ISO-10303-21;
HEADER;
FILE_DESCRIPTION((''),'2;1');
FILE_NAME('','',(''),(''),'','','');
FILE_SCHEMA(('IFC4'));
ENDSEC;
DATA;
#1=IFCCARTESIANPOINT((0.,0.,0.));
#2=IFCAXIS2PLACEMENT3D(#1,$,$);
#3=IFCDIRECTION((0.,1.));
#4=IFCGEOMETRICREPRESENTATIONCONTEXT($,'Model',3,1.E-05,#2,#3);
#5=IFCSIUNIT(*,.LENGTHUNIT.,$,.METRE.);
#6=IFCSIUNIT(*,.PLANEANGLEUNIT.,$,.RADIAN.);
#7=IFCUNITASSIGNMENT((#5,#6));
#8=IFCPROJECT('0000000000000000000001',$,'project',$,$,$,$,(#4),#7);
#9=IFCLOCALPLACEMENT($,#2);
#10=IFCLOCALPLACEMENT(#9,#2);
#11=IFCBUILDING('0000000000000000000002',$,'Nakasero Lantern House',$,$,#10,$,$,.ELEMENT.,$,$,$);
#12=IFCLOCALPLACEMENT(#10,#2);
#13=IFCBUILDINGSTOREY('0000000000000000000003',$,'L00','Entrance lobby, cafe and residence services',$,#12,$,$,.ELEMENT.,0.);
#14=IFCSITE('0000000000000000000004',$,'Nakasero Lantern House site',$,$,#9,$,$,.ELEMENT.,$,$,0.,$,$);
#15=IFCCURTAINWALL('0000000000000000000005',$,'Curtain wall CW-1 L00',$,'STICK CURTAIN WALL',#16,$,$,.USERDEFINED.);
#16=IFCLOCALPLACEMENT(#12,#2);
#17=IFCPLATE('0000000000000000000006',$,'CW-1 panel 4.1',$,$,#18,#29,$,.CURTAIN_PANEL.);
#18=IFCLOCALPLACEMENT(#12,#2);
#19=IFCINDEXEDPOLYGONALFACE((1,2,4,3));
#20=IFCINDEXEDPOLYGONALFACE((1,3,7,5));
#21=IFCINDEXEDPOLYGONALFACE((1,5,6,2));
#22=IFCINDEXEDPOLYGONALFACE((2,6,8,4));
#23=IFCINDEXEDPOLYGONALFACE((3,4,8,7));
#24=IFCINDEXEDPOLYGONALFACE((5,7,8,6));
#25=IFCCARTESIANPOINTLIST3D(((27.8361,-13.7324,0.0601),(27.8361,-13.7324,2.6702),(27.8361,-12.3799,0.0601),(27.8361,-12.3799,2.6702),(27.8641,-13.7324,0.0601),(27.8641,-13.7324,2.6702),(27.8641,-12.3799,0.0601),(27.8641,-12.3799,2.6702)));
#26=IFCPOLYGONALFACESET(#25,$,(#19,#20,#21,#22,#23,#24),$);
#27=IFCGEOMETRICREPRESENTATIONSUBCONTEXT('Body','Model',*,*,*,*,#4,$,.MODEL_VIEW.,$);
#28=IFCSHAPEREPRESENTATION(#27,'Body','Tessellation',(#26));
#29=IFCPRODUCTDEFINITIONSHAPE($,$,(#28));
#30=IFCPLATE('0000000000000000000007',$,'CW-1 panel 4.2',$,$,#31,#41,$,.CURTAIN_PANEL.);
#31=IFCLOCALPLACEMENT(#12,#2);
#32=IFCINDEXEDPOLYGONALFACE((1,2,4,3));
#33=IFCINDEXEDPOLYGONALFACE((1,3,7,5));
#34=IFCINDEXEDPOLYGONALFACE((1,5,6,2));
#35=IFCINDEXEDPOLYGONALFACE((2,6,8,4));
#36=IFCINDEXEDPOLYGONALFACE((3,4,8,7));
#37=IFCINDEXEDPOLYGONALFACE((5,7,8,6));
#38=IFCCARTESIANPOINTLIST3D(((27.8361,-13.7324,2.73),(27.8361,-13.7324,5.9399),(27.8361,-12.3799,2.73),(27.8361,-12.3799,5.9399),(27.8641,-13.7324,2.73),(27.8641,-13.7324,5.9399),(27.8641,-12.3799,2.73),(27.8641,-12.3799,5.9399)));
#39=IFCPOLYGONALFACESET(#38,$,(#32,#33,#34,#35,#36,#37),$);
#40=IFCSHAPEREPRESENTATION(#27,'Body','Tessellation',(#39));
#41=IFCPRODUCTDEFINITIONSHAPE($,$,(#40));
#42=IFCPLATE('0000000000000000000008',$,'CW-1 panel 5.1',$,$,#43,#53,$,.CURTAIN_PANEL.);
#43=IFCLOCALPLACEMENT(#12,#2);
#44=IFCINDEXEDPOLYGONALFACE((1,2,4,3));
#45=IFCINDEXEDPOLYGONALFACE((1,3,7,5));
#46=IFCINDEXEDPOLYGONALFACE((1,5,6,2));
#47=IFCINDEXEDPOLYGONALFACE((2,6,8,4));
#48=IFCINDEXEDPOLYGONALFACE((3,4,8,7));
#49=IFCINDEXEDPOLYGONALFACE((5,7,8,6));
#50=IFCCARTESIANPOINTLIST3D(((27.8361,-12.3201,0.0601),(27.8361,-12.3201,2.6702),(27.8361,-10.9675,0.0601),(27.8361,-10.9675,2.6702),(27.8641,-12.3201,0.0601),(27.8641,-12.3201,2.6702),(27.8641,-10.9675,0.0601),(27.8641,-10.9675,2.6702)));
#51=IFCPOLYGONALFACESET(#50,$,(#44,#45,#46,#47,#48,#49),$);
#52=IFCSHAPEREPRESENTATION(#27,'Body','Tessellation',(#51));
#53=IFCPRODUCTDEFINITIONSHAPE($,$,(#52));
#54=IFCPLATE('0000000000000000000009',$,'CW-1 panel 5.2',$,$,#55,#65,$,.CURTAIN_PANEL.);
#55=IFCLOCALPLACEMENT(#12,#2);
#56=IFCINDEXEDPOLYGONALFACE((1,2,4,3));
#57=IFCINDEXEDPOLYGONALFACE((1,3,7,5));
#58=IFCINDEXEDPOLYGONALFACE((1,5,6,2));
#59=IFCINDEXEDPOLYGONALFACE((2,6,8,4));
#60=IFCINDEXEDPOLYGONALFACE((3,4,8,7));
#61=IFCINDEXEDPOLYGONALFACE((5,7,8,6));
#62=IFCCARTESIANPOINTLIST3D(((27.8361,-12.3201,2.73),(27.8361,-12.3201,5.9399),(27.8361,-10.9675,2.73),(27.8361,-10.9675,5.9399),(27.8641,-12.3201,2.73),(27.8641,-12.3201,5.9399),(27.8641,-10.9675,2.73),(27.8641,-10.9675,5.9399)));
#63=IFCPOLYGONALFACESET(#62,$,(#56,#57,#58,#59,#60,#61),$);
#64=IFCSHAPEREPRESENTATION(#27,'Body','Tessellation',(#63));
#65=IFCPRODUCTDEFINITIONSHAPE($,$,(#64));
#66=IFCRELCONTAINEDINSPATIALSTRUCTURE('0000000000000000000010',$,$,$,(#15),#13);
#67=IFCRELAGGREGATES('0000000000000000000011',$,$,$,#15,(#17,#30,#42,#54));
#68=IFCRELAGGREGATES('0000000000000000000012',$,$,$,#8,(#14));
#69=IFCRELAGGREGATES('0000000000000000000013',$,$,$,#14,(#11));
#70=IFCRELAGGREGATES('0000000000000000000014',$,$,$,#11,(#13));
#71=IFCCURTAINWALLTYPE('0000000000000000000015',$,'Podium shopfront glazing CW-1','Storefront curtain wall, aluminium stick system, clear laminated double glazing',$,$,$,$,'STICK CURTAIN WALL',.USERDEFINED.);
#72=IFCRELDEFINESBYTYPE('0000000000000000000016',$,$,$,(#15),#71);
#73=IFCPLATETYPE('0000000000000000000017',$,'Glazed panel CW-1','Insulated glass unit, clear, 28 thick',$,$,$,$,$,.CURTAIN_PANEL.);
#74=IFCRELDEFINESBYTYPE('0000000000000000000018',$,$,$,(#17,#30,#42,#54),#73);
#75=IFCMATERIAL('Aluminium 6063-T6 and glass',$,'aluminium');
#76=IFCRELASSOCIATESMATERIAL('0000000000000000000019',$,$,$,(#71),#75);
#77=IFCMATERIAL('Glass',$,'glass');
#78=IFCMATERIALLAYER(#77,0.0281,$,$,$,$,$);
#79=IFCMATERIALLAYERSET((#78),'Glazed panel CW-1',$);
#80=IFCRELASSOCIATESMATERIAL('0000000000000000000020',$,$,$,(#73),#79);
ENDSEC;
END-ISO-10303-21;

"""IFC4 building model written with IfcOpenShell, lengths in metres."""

from ifc_helpers import new_model, si_unit, direction, frame, origin, origin_2d, place, context, subcontext, project, spatial, rectangle, extrude, material, layer, layer_set, type_object, element, aggregate, save


model = new_model("IFC4")

# Units and contexts
model_context = context("Model", 3, precision=1e-05, world=origin(), true_north=direction((0.0, 1.0)))
body_context = subcontext(model_context, "Body", "Model", "MODEL_VIEW")
ifc_project = project(units=[si_unit("LENGTHUNIT", "METRE"), si_unit("PLANEANGLEUNIT", "RADIAN")], contexts=[model_context])

# Site, building, storey
site_placement = place(None, origin())
site = spatial("IfcSite", under=ifc_project, at=site_placement, Name="Nakasero Lantern House site", CompositionType="ELEMENT", RefElevation=0.0)
building_placement = place(site_placement, origin())
building = spatial("IfcBuilding", under=site, at=building_placement, Name="Nakasero Lantern House", CompositionType="ELEMENT")
storey_placement = place(building_placement, origin())
storey = spatial("IfcBuildingStorey", under=building, at=storey_placement, Name="L00", Description="Entrance lobby, cafe and residence services", CompositionType="ELEMENT", Elevation=0.0)

# Curtain wall
ifc_material_1 = material(Name="Aluminium 6063-T6 and glass", Category="aluminium")
curtain_wall_type = type_object("IfcCurtainWallType", Name="Podium shopfront glazing CW-1", Description="Storefront curtain wall, aluminium stick system, clear laminated double glazing", ElementType="STICK CURTAIN WALL", PredefinedType="USERDEFINED", material=ifc_material_1)
curtain_wall_placement = place(storey_placement, origin())
curtain_wall = element("IfcCurtainWall", 1, at=curtain_wall_placement, inside=storey, type_object=curtain_wall_type, Name="Curtain wall CW-1 L00", ObjectType="STICK CURTAIN WALL", PredefinedType="USERDEFINED")

# Plates
ifc_material_2 = material(Name="Glass", Category="glass")
ifc_layer = layer(ifc_material_2, 0.0281)
ifc_layer_set = layer_set([ifc_layer], Name="Glazed panel CW-1")
plate_type = type_object("IfcPlateType", Name="Glazed panel CW-1", Description="Insulated glass unit, clear, 28 thick", PredefinedType="CURTAIN_PANEL", material=ifc_layer_set)
plate_1_placement = place(storey_placement, frame((27.8501, -13.0562, 0.0601), z_axis=(0.0, 0.0, 1.0), x_axis=(0.0, 1.0, 0.0)))
plate_1 = element("IfcPlate", 2, at=plate_1_placement, type_object=plate_type, Name="CW-1 panel 4.1", PredefinedType="CURTAIN_PANEL", context=body_context, shape_type="SweptSolid", body=[
    extrude(rectangle(XDim=1.3525, YDim=0.0281, at=origin_2d()), origin(), (0.0, 0.0, 1.0), 2.6101),
])
plate_2_placement = place(storey_placement, frame((27.8501, -13.0562, 2.73), z_axis=(0.0, 0.0, 1.0), x_axis=(0.0, 1.0, 0.0)))
plate_2 = element("IfcPlate", 3, at=plate_2_placement, type_object=plate_type, Name="CW-1 panel 4.2", PredefinedType="CURTAIN_PANEL", context=body_context, shape_type="SweptSolid", body=[
    extrude(rectangle(XDim=1.3525, YDim=0.0281, at=origin_2d()), origin(), (0.0, 0.0, 1.0), 3.21),
])
plate_3_placement = place(storey_placement, frame((27.8501, -11.6438, 0.0601), z_axis=(0.0, 0.0, 1.0), x_axis=(0.0, 1.0, 0.0)))
plate_3 = element("IfcPlate", 4, at=plate_3_placement, type_object=plate_type, Name="CW-1 panel 5.1", PredefinedType="CURTAIN_PANEL", context=body_context, shape_type="SweptSolid", body=[
    extrude(rectangle(XDim=1.3525, YDim=0.0281, at=origin_2d()), origin(), (0.0, 0.0, 1.0), 2.6101),
])
plate_4_placement = place(storey_placement, frame((27.8501, -11.6438, 2.73), z_axis=(0.0, 0.0, 1.0), x_axis=(0.0, 1.0, 0.0)))
plate_4 = element("IfcPlate", 5, at=plate_4_placement, type_object=plate_type, Name="CW-1 panel 5.2", PredefinedType="CURTAIN_PANEL", context=body_context, shape_type="SweptSolid", body=[
    extrude(rectangle(XDim=1.3525, YDim=0.0281, at=origin_2d()), origin(), (0.0, 0.0, 1.0), 3.21),
])
aggregate(curtain_wall, [plate_1, plate_2, plate_3, plate_4])

save(model, "model.ifc")
